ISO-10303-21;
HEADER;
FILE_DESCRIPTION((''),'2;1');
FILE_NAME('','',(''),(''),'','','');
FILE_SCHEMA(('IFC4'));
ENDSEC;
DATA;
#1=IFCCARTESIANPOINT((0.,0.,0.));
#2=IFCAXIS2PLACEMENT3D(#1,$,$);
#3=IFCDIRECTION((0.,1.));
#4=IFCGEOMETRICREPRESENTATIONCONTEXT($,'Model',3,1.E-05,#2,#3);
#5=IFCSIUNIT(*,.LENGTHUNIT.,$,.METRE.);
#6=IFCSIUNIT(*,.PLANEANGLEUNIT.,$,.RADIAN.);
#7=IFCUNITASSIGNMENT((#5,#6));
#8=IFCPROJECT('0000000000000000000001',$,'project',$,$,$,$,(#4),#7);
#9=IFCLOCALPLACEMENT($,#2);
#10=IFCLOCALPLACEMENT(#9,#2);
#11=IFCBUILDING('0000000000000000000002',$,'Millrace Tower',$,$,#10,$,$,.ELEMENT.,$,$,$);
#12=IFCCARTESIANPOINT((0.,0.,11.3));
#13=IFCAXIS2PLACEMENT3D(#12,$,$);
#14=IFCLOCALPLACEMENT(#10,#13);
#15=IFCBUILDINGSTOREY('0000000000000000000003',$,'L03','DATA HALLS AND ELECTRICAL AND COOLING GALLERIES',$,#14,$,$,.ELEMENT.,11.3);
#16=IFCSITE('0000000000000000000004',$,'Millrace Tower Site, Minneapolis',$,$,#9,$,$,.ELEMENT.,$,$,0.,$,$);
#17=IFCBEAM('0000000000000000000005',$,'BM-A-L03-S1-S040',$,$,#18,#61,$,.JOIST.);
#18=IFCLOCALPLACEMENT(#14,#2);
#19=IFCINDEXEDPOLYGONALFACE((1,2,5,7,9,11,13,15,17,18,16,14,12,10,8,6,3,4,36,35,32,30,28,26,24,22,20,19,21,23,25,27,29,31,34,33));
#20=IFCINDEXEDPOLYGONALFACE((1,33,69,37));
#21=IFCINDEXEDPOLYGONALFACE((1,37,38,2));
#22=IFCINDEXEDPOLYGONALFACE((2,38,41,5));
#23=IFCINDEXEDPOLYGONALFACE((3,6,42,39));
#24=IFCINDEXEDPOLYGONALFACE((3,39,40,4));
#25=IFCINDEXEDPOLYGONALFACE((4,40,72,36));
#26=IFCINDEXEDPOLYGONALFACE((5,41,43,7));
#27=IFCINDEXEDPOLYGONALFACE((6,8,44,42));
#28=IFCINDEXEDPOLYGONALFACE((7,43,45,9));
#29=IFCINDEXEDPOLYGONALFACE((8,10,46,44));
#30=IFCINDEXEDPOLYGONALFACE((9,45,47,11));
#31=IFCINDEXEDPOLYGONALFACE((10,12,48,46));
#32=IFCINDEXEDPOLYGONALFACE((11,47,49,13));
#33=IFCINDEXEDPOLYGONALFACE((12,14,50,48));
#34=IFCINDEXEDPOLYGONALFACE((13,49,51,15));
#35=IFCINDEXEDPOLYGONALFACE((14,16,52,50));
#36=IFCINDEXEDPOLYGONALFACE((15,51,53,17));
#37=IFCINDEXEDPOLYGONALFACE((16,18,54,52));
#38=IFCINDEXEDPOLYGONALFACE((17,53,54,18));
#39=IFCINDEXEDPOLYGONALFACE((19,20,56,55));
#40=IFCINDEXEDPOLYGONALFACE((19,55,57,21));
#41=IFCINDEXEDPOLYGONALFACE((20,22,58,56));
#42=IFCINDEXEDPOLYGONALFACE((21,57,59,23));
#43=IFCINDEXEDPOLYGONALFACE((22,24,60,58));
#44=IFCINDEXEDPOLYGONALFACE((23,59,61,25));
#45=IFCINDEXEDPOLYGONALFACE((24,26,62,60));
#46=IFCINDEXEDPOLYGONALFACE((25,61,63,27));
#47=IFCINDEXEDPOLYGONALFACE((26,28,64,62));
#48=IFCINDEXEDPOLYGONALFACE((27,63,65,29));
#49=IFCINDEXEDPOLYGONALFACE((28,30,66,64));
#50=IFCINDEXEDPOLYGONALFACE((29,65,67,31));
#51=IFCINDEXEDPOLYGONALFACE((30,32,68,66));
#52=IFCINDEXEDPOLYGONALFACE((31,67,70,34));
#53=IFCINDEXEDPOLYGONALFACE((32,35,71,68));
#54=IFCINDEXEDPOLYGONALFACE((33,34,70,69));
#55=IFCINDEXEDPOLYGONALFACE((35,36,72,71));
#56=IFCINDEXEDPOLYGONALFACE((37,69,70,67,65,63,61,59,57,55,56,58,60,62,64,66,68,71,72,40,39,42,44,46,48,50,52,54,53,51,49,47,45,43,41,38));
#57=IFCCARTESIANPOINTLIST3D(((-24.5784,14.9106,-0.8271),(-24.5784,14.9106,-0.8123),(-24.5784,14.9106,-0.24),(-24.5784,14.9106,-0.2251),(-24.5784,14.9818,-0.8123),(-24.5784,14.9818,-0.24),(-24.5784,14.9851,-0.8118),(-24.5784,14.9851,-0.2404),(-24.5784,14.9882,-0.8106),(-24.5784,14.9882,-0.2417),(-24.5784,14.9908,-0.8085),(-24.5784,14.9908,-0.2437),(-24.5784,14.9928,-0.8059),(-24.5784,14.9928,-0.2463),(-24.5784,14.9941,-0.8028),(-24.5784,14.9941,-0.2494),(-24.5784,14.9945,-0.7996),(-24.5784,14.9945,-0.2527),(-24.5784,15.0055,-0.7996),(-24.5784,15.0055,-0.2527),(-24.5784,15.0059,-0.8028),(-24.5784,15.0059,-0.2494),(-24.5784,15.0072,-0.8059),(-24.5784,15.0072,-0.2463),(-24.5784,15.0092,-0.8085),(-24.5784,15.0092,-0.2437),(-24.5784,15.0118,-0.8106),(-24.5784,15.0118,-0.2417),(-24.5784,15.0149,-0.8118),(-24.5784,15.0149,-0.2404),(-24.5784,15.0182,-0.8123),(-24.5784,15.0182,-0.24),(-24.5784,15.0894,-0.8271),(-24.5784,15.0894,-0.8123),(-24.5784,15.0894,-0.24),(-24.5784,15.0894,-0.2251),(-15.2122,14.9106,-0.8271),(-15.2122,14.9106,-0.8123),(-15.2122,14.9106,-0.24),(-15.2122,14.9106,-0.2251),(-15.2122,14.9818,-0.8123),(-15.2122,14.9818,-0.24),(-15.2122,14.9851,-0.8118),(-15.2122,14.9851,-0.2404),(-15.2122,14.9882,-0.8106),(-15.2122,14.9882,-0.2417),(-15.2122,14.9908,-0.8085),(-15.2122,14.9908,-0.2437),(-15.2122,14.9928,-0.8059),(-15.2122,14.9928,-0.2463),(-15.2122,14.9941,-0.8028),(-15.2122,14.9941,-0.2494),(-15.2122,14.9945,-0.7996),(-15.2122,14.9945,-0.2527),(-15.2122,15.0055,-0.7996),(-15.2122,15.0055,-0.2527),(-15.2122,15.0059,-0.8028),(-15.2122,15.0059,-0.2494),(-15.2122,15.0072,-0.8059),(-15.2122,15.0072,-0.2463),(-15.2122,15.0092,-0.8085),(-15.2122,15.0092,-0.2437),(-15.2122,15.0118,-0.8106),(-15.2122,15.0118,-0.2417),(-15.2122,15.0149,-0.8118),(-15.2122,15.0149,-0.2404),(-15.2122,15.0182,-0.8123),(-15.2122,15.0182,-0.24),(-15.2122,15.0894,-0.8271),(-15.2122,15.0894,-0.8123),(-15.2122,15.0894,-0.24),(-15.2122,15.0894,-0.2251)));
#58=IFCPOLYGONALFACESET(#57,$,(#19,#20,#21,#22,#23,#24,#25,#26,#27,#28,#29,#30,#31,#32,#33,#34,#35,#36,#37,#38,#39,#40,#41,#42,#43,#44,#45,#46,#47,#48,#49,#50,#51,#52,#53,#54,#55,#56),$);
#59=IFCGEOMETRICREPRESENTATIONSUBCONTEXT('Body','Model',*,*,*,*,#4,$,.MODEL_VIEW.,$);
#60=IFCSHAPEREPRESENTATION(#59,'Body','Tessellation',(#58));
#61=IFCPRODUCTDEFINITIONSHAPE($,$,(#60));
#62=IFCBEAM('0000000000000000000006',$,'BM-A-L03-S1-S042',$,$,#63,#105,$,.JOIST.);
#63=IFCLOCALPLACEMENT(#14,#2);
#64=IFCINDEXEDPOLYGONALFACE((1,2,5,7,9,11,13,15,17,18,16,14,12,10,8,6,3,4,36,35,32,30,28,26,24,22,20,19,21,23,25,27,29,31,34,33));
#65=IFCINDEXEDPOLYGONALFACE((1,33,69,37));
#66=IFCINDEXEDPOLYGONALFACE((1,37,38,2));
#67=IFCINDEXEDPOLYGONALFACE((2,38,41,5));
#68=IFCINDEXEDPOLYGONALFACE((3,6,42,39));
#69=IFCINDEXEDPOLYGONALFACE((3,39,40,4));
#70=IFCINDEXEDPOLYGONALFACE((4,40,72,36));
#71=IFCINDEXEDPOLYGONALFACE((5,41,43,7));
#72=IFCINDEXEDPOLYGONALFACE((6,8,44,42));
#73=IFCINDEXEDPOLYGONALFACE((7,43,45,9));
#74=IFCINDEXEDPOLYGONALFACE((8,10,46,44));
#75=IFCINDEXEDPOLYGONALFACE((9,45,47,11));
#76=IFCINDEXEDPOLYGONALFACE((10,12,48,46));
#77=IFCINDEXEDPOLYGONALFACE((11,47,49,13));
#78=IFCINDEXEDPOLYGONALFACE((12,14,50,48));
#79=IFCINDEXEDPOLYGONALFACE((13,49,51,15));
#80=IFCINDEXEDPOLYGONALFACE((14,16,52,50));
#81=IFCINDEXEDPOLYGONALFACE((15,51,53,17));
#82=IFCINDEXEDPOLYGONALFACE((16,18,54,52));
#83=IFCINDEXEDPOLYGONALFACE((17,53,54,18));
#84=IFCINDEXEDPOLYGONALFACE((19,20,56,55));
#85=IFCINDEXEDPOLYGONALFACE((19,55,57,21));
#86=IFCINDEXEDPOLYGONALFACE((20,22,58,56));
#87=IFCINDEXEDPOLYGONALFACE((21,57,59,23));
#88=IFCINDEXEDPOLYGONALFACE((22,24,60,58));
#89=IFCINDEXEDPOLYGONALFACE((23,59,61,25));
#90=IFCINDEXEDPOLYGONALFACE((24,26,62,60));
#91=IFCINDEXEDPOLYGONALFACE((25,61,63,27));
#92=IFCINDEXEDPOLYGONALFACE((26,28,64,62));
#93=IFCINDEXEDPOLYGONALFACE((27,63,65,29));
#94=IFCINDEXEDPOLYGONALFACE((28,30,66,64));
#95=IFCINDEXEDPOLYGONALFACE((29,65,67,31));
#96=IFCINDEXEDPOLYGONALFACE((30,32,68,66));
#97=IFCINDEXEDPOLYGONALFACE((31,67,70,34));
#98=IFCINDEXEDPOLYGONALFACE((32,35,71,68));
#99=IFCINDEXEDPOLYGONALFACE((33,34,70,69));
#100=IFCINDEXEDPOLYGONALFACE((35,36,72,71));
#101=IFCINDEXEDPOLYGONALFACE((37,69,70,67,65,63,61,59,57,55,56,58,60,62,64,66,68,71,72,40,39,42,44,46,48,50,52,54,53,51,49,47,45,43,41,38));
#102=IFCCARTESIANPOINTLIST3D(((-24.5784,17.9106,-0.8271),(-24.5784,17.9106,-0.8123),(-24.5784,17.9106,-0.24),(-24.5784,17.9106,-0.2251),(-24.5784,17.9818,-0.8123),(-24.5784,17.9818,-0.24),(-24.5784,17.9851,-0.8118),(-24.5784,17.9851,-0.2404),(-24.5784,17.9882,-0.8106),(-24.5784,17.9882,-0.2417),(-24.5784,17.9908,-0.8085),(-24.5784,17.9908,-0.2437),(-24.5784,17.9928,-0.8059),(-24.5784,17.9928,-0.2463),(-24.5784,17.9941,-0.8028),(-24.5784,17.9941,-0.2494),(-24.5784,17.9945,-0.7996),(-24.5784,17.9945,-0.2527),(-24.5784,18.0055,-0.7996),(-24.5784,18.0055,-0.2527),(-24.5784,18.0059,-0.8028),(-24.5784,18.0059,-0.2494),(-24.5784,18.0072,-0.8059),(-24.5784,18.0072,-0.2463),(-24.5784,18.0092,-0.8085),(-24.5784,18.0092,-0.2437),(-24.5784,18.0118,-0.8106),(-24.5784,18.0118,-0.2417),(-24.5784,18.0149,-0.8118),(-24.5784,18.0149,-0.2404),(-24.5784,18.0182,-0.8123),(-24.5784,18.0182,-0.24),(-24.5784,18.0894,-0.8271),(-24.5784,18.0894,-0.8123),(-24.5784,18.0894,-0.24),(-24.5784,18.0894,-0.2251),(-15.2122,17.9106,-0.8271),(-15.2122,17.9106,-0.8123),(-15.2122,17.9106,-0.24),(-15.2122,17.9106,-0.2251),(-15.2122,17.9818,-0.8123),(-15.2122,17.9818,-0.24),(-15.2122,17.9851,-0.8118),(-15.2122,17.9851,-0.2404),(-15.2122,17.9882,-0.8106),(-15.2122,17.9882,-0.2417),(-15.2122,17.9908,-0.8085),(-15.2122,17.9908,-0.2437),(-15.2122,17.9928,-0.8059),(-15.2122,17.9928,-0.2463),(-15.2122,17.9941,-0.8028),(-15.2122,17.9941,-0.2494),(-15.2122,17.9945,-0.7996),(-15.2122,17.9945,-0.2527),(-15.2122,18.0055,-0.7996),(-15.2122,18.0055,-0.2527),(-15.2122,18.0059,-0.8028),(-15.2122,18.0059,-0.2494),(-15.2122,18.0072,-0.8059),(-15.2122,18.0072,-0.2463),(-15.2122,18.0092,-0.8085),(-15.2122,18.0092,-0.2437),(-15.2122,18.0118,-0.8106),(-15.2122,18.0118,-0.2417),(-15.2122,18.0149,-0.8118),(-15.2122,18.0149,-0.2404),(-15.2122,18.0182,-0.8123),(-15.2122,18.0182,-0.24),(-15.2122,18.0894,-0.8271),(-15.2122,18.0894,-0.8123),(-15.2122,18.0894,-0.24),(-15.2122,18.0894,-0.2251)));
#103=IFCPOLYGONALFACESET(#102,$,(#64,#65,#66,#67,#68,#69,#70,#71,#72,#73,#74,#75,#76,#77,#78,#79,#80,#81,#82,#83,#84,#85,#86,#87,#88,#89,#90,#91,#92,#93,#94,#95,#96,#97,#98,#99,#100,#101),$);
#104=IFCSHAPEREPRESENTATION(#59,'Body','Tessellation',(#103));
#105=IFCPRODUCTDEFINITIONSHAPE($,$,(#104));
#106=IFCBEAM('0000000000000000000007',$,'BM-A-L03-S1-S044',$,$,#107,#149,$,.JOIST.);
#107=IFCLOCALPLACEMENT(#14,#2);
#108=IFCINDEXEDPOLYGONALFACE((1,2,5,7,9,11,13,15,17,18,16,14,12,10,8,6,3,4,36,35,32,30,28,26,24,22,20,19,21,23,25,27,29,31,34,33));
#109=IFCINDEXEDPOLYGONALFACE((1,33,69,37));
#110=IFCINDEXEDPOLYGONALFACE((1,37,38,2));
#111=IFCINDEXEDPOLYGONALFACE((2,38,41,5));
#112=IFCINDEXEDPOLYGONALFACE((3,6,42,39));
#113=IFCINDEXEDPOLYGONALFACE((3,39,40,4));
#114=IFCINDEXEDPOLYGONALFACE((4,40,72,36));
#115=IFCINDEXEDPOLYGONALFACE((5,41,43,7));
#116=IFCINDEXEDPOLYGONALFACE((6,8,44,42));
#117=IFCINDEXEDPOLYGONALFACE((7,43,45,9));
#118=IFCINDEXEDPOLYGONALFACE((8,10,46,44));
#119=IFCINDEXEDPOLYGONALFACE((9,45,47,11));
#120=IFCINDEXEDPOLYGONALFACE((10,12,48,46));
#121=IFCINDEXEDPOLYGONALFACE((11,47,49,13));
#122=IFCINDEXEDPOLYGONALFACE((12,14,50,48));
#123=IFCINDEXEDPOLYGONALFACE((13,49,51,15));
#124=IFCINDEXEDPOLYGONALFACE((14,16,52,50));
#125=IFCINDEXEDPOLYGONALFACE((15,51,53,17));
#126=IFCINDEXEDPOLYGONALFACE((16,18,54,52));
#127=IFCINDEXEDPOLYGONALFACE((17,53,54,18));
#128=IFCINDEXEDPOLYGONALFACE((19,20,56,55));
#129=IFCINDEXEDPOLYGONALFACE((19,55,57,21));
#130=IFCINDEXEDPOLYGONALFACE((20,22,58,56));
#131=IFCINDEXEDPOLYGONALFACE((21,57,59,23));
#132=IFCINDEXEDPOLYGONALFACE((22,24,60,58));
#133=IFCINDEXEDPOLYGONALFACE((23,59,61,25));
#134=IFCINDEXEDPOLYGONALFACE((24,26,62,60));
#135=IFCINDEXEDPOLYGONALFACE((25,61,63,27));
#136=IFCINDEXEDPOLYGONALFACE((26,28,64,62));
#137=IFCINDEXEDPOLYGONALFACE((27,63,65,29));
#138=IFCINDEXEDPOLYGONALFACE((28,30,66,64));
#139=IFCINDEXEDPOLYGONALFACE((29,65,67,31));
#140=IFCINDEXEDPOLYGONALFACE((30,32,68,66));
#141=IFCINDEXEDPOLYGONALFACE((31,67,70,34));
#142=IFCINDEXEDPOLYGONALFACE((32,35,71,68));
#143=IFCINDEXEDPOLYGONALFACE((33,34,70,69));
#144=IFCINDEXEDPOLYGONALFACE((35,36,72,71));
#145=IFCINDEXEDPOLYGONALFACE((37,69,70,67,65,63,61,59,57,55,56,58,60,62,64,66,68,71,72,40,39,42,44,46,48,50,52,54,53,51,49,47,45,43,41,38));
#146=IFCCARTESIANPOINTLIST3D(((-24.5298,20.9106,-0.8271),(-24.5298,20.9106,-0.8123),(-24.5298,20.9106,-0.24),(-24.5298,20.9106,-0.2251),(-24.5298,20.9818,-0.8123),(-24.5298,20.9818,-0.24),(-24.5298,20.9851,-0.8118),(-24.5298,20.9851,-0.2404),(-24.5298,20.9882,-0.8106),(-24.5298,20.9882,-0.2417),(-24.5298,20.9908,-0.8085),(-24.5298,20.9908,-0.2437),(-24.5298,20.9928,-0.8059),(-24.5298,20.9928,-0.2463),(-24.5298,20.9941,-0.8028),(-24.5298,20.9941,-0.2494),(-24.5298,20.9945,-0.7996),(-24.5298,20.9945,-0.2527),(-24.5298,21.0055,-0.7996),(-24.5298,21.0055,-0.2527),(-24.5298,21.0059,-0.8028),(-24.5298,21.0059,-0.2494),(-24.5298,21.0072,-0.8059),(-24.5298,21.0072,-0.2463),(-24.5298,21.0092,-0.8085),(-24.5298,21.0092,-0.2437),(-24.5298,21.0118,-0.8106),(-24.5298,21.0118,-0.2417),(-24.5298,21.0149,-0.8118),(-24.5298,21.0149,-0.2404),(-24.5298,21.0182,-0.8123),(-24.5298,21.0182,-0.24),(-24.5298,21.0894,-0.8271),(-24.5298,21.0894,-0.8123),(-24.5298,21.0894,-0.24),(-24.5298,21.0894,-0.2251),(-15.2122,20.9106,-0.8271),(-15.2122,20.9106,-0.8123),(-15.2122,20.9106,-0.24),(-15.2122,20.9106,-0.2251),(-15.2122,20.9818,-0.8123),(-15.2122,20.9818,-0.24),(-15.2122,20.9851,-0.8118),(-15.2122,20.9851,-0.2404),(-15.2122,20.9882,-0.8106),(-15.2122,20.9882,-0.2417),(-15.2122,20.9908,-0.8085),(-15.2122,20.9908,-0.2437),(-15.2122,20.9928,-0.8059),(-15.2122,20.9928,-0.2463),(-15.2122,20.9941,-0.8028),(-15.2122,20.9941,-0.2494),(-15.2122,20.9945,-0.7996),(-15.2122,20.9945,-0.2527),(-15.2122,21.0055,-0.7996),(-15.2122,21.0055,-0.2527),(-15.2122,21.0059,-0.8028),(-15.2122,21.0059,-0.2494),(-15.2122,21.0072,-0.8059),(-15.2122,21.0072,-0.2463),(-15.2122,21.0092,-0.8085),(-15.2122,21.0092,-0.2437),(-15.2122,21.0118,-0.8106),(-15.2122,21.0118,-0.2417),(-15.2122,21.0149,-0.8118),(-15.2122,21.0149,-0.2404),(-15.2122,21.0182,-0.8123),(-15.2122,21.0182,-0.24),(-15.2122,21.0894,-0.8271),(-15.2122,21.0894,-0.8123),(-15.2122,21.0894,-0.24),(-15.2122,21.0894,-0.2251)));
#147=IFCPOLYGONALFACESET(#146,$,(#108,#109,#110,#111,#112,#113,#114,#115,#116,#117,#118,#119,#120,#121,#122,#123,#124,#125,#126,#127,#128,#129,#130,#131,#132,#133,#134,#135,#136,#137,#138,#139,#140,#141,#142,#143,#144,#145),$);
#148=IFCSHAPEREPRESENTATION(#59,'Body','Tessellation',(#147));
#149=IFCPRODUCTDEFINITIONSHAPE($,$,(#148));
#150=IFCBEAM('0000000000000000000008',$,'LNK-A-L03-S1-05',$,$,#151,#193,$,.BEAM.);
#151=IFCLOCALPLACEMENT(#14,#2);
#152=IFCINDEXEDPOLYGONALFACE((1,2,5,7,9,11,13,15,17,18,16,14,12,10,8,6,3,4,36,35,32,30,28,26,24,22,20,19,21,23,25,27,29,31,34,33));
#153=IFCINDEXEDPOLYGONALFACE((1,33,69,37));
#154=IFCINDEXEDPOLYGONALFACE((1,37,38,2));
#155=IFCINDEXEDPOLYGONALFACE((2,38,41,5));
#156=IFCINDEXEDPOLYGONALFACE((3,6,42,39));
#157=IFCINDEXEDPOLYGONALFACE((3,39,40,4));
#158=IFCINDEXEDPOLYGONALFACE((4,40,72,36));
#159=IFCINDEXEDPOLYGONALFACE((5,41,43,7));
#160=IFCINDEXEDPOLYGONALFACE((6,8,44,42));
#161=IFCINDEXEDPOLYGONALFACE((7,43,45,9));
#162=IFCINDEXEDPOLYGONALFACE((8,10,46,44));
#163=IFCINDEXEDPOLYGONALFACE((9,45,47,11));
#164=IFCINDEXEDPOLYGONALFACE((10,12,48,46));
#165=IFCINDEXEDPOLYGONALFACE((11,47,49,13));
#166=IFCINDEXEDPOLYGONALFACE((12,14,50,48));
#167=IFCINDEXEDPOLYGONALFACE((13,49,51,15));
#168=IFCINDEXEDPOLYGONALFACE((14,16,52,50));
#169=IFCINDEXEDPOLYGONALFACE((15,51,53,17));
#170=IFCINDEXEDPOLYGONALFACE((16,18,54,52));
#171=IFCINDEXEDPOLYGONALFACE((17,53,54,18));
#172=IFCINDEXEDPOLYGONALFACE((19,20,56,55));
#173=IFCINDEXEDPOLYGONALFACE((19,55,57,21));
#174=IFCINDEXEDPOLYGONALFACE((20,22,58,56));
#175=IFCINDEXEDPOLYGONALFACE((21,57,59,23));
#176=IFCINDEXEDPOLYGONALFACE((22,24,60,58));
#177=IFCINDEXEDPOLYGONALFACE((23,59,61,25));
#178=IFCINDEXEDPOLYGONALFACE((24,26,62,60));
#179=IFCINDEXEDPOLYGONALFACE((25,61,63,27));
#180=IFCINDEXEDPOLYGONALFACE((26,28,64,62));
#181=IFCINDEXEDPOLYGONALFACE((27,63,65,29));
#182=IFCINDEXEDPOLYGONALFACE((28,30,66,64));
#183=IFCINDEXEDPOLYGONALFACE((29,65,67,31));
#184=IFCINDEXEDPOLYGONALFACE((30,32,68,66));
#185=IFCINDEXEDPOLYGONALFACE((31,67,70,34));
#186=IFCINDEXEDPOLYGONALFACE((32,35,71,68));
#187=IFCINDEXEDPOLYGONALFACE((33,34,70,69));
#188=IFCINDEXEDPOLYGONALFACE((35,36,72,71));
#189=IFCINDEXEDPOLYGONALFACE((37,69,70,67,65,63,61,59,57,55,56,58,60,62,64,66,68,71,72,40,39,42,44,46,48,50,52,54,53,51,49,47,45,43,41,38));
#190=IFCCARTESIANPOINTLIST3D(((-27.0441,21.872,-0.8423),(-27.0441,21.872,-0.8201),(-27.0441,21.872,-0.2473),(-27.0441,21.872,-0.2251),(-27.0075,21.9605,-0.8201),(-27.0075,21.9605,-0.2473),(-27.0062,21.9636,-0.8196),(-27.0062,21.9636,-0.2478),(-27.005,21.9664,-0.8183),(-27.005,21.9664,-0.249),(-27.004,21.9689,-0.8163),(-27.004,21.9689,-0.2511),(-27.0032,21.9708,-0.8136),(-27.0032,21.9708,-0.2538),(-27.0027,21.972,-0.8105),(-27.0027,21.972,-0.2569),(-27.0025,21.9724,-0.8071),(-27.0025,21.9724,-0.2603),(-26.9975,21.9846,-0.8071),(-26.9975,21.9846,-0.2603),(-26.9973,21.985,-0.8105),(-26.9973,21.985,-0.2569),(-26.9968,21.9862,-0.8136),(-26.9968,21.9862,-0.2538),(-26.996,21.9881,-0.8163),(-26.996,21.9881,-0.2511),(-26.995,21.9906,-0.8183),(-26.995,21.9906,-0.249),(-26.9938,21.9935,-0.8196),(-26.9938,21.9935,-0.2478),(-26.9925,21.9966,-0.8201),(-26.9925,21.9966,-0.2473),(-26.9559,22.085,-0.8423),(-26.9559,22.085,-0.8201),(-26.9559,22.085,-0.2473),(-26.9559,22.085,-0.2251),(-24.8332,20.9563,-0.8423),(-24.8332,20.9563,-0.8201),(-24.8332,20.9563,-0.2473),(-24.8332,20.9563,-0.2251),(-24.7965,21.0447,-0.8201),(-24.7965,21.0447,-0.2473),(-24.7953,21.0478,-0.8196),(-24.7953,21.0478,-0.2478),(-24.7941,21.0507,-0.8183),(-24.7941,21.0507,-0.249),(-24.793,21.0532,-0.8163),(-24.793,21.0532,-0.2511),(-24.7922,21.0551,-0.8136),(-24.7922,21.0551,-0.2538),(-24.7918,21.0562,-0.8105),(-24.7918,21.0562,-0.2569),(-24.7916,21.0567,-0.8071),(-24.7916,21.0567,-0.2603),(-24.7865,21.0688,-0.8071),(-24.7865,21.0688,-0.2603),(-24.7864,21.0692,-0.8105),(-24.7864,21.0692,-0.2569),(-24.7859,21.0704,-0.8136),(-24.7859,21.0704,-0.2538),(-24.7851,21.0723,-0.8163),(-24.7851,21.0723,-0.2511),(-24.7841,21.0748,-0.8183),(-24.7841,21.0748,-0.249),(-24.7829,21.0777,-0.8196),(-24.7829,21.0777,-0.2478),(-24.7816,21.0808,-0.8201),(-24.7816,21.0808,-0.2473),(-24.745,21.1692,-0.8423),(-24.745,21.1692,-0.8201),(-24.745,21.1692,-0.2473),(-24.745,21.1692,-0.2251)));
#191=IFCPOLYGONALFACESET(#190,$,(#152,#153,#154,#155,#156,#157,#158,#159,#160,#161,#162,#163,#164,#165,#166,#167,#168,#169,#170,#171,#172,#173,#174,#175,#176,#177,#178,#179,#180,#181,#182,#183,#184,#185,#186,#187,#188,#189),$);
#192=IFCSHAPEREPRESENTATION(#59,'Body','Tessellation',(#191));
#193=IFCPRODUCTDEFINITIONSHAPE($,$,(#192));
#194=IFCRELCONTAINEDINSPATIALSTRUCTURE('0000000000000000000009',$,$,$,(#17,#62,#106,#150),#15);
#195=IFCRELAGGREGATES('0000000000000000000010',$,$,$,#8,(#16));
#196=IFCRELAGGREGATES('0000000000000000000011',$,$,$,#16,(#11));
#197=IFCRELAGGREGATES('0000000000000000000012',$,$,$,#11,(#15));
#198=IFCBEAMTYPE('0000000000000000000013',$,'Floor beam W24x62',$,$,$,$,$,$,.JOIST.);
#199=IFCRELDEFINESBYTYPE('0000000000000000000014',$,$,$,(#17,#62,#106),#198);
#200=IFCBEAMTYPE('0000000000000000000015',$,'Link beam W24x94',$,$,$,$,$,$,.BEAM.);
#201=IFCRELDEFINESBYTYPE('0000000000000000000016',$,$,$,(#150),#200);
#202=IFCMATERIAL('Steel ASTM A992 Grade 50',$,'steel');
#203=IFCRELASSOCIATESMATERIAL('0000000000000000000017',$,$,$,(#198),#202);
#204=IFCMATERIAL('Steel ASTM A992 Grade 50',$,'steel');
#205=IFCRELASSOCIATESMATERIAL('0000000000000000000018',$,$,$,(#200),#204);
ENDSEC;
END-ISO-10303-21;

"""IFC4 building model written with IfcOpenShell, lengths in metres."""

from ifc_helpers import new_model, si_unit, direction, frame, origin, origin_2d, place, context, subcontext, project, spatial, i_section, extrude, material, material_profile, profile_set, type_object, element, save


model = new_model("IFC4")

# Units and contexts
model_context = context("Model", 3, precision=1e-05, world=origin(), true_north=direction((0.0, 1.0)))
body_context = subcontext(model_context, "Body", "Model", "MODEL_VIEW")
ifc_project = project(units=[si_unit("LENGTHUNIT", "METRE"), si_unit("PLANEANGLEUNIT", "RADIAN")], contexts=[model_context])

# Site, building, storey
site_placement = place(None, origin())
site = spatial("IfcSite", under=ifc_project, at=site_placement, Name="Millrace Tower Site, Minneapolis", CompositionType="ELEMENT", RefElevation=0.0)
building_placement = place(site_placement, origin())
building = spatial("IfcBuilding", under=site, at=building_placement, Name="Millrace Tower", CompositionType="ELEMENT")
storey_placement = place(building_placement, frame((0.0, 0.0, 11.3)))
storey = spatial("IfcBuildingStorey", under=building, at=storey_placement, Name="L03", Description="DATA HALLS AND ELECTRICAL AND COOLING GALLERIES", CompositionType="ELEMENT", Elevation=11.3)

# Beams
ifc_material_1 = material(Name="Steel ASTM A992 Grade 50", Category="steel")
ifc_material_profile_1 = material_profile(ifc_material_1, i_section(OverallWidth=0.1787, OverallDepth=0.6021, WebThickness=0.011, FlangeThickness=0.0149, FilletRadius=0.0127, at=origin_2d()))
ifc_profile_set_1 = profile_set([ifc_material_profile_1], Name="Steel ASTM A992 Grade 50")
beam_type_1 = type_object("IfcBeamType", Name="Floor beam W24x62", PredefinedType="JOIST", material=ifc_profile_set_1)
for number, where, z_axis, x_axis, name in (
    (1, (-24.5784, 15.0, -0.5261), (1.0, 0.0, 0.0), (0.0, 1.0, 0.0), "BM-A-L03-S1-S040"),
    (2, (-24.5784, 18.0, -0.5261), (1.0, 0.0, 0.0), (0.0, 1.0, 0.0), "BM-A-L03-S1-S042"),
):
    element("IfcBeam", number, at=place(storey_placement, frame(where, z_axis=z_axis, x_axis=x_axis)), inside=storey, type_object=beam_type_1, Name=name, PredefinedType="JOIST", context=body_context, shape_type="SweptSolid", body=[
        extrude(i_section(OverallWidth=0.1787, OverallDepth=0.6021, WebThickness=0.011, FlangeThickness=0.0149, FilletRadius=0.0127, at=origin_2d()), origin(), (0.0, 0.0, 1.0), 9.3662),
    ])
beam_1_placement = place(storey_placement, frame((-24.5298, 21.0, -0.5261), z_axis=(1.0, 0.0, 0.0), x_axis=(0.0, 1.0, 0.0)))
element("IfcBeam", 3, at=beam_1_placement, inside=storey, type_object=beam_type_1, Name="BM-A-L03-S1-S044", PredefinedType="JOIST", context=body_context, shape_type="SweptSolid", body=[
    extrude(i_section(OverallWidth=0.1787, OverallDepth=0.6021, WebThickness=0.011, FlangeThickness=0.0149, FilletRadius=0.0127, at=origin_2d()), origin(), (0.0, 0.0, 1.0), 9.3176),
])
ifc_material_2 = material(Name="Steel ASTM A992 Grade 50", Category="steel")
ifc_material_profile_2 = material_profile(ifc_material_2, i_section(OverallWidth=0.2305, OverallDepth=0.6172, WebThickness=0.0132, FlangeThickness=0.0222, FilletRadius=0.0129, at=origin_2d()))
ifc_profile_set_2 = profile_set([ifc_material_profile_2], Name="Steel ASTM A992 Grade 50")
beam_type_2 = type_object("IfcBeamType", Name="Link beam W24x94", PredefinedType="BEAM", material=ifc_profile_set_2)
for number, where, z_axis, x_axis, name in (
    (4, (-24.7891, 21.0627, -0.5337), (-0.923884, 0.382673, 0.0), (-0.382673, -0.923884, 0.0), "LNK-A-L03-S1-05"),
):
    element("IfcBeam", number, at=place(storey_placement, frame(where, z_axis=z_axis, x_axis=x_axis)), inside=storey, type_object=beam_type_2, Name=name, PredefinedType="BEAM", context=body_context, shape_type="SweptSolid", body=[
        extrude(i_section(OverallWidth=0.2305, OverallDepth=0.6172, WebThickness=0.0132, FlangeThickness=0.0222, FilletRadius=0.0129, at=origin_2d()), origin(), (0.0, 0.0, 1.0), 2.3931),
    ])

save(model, "model.ifc")
